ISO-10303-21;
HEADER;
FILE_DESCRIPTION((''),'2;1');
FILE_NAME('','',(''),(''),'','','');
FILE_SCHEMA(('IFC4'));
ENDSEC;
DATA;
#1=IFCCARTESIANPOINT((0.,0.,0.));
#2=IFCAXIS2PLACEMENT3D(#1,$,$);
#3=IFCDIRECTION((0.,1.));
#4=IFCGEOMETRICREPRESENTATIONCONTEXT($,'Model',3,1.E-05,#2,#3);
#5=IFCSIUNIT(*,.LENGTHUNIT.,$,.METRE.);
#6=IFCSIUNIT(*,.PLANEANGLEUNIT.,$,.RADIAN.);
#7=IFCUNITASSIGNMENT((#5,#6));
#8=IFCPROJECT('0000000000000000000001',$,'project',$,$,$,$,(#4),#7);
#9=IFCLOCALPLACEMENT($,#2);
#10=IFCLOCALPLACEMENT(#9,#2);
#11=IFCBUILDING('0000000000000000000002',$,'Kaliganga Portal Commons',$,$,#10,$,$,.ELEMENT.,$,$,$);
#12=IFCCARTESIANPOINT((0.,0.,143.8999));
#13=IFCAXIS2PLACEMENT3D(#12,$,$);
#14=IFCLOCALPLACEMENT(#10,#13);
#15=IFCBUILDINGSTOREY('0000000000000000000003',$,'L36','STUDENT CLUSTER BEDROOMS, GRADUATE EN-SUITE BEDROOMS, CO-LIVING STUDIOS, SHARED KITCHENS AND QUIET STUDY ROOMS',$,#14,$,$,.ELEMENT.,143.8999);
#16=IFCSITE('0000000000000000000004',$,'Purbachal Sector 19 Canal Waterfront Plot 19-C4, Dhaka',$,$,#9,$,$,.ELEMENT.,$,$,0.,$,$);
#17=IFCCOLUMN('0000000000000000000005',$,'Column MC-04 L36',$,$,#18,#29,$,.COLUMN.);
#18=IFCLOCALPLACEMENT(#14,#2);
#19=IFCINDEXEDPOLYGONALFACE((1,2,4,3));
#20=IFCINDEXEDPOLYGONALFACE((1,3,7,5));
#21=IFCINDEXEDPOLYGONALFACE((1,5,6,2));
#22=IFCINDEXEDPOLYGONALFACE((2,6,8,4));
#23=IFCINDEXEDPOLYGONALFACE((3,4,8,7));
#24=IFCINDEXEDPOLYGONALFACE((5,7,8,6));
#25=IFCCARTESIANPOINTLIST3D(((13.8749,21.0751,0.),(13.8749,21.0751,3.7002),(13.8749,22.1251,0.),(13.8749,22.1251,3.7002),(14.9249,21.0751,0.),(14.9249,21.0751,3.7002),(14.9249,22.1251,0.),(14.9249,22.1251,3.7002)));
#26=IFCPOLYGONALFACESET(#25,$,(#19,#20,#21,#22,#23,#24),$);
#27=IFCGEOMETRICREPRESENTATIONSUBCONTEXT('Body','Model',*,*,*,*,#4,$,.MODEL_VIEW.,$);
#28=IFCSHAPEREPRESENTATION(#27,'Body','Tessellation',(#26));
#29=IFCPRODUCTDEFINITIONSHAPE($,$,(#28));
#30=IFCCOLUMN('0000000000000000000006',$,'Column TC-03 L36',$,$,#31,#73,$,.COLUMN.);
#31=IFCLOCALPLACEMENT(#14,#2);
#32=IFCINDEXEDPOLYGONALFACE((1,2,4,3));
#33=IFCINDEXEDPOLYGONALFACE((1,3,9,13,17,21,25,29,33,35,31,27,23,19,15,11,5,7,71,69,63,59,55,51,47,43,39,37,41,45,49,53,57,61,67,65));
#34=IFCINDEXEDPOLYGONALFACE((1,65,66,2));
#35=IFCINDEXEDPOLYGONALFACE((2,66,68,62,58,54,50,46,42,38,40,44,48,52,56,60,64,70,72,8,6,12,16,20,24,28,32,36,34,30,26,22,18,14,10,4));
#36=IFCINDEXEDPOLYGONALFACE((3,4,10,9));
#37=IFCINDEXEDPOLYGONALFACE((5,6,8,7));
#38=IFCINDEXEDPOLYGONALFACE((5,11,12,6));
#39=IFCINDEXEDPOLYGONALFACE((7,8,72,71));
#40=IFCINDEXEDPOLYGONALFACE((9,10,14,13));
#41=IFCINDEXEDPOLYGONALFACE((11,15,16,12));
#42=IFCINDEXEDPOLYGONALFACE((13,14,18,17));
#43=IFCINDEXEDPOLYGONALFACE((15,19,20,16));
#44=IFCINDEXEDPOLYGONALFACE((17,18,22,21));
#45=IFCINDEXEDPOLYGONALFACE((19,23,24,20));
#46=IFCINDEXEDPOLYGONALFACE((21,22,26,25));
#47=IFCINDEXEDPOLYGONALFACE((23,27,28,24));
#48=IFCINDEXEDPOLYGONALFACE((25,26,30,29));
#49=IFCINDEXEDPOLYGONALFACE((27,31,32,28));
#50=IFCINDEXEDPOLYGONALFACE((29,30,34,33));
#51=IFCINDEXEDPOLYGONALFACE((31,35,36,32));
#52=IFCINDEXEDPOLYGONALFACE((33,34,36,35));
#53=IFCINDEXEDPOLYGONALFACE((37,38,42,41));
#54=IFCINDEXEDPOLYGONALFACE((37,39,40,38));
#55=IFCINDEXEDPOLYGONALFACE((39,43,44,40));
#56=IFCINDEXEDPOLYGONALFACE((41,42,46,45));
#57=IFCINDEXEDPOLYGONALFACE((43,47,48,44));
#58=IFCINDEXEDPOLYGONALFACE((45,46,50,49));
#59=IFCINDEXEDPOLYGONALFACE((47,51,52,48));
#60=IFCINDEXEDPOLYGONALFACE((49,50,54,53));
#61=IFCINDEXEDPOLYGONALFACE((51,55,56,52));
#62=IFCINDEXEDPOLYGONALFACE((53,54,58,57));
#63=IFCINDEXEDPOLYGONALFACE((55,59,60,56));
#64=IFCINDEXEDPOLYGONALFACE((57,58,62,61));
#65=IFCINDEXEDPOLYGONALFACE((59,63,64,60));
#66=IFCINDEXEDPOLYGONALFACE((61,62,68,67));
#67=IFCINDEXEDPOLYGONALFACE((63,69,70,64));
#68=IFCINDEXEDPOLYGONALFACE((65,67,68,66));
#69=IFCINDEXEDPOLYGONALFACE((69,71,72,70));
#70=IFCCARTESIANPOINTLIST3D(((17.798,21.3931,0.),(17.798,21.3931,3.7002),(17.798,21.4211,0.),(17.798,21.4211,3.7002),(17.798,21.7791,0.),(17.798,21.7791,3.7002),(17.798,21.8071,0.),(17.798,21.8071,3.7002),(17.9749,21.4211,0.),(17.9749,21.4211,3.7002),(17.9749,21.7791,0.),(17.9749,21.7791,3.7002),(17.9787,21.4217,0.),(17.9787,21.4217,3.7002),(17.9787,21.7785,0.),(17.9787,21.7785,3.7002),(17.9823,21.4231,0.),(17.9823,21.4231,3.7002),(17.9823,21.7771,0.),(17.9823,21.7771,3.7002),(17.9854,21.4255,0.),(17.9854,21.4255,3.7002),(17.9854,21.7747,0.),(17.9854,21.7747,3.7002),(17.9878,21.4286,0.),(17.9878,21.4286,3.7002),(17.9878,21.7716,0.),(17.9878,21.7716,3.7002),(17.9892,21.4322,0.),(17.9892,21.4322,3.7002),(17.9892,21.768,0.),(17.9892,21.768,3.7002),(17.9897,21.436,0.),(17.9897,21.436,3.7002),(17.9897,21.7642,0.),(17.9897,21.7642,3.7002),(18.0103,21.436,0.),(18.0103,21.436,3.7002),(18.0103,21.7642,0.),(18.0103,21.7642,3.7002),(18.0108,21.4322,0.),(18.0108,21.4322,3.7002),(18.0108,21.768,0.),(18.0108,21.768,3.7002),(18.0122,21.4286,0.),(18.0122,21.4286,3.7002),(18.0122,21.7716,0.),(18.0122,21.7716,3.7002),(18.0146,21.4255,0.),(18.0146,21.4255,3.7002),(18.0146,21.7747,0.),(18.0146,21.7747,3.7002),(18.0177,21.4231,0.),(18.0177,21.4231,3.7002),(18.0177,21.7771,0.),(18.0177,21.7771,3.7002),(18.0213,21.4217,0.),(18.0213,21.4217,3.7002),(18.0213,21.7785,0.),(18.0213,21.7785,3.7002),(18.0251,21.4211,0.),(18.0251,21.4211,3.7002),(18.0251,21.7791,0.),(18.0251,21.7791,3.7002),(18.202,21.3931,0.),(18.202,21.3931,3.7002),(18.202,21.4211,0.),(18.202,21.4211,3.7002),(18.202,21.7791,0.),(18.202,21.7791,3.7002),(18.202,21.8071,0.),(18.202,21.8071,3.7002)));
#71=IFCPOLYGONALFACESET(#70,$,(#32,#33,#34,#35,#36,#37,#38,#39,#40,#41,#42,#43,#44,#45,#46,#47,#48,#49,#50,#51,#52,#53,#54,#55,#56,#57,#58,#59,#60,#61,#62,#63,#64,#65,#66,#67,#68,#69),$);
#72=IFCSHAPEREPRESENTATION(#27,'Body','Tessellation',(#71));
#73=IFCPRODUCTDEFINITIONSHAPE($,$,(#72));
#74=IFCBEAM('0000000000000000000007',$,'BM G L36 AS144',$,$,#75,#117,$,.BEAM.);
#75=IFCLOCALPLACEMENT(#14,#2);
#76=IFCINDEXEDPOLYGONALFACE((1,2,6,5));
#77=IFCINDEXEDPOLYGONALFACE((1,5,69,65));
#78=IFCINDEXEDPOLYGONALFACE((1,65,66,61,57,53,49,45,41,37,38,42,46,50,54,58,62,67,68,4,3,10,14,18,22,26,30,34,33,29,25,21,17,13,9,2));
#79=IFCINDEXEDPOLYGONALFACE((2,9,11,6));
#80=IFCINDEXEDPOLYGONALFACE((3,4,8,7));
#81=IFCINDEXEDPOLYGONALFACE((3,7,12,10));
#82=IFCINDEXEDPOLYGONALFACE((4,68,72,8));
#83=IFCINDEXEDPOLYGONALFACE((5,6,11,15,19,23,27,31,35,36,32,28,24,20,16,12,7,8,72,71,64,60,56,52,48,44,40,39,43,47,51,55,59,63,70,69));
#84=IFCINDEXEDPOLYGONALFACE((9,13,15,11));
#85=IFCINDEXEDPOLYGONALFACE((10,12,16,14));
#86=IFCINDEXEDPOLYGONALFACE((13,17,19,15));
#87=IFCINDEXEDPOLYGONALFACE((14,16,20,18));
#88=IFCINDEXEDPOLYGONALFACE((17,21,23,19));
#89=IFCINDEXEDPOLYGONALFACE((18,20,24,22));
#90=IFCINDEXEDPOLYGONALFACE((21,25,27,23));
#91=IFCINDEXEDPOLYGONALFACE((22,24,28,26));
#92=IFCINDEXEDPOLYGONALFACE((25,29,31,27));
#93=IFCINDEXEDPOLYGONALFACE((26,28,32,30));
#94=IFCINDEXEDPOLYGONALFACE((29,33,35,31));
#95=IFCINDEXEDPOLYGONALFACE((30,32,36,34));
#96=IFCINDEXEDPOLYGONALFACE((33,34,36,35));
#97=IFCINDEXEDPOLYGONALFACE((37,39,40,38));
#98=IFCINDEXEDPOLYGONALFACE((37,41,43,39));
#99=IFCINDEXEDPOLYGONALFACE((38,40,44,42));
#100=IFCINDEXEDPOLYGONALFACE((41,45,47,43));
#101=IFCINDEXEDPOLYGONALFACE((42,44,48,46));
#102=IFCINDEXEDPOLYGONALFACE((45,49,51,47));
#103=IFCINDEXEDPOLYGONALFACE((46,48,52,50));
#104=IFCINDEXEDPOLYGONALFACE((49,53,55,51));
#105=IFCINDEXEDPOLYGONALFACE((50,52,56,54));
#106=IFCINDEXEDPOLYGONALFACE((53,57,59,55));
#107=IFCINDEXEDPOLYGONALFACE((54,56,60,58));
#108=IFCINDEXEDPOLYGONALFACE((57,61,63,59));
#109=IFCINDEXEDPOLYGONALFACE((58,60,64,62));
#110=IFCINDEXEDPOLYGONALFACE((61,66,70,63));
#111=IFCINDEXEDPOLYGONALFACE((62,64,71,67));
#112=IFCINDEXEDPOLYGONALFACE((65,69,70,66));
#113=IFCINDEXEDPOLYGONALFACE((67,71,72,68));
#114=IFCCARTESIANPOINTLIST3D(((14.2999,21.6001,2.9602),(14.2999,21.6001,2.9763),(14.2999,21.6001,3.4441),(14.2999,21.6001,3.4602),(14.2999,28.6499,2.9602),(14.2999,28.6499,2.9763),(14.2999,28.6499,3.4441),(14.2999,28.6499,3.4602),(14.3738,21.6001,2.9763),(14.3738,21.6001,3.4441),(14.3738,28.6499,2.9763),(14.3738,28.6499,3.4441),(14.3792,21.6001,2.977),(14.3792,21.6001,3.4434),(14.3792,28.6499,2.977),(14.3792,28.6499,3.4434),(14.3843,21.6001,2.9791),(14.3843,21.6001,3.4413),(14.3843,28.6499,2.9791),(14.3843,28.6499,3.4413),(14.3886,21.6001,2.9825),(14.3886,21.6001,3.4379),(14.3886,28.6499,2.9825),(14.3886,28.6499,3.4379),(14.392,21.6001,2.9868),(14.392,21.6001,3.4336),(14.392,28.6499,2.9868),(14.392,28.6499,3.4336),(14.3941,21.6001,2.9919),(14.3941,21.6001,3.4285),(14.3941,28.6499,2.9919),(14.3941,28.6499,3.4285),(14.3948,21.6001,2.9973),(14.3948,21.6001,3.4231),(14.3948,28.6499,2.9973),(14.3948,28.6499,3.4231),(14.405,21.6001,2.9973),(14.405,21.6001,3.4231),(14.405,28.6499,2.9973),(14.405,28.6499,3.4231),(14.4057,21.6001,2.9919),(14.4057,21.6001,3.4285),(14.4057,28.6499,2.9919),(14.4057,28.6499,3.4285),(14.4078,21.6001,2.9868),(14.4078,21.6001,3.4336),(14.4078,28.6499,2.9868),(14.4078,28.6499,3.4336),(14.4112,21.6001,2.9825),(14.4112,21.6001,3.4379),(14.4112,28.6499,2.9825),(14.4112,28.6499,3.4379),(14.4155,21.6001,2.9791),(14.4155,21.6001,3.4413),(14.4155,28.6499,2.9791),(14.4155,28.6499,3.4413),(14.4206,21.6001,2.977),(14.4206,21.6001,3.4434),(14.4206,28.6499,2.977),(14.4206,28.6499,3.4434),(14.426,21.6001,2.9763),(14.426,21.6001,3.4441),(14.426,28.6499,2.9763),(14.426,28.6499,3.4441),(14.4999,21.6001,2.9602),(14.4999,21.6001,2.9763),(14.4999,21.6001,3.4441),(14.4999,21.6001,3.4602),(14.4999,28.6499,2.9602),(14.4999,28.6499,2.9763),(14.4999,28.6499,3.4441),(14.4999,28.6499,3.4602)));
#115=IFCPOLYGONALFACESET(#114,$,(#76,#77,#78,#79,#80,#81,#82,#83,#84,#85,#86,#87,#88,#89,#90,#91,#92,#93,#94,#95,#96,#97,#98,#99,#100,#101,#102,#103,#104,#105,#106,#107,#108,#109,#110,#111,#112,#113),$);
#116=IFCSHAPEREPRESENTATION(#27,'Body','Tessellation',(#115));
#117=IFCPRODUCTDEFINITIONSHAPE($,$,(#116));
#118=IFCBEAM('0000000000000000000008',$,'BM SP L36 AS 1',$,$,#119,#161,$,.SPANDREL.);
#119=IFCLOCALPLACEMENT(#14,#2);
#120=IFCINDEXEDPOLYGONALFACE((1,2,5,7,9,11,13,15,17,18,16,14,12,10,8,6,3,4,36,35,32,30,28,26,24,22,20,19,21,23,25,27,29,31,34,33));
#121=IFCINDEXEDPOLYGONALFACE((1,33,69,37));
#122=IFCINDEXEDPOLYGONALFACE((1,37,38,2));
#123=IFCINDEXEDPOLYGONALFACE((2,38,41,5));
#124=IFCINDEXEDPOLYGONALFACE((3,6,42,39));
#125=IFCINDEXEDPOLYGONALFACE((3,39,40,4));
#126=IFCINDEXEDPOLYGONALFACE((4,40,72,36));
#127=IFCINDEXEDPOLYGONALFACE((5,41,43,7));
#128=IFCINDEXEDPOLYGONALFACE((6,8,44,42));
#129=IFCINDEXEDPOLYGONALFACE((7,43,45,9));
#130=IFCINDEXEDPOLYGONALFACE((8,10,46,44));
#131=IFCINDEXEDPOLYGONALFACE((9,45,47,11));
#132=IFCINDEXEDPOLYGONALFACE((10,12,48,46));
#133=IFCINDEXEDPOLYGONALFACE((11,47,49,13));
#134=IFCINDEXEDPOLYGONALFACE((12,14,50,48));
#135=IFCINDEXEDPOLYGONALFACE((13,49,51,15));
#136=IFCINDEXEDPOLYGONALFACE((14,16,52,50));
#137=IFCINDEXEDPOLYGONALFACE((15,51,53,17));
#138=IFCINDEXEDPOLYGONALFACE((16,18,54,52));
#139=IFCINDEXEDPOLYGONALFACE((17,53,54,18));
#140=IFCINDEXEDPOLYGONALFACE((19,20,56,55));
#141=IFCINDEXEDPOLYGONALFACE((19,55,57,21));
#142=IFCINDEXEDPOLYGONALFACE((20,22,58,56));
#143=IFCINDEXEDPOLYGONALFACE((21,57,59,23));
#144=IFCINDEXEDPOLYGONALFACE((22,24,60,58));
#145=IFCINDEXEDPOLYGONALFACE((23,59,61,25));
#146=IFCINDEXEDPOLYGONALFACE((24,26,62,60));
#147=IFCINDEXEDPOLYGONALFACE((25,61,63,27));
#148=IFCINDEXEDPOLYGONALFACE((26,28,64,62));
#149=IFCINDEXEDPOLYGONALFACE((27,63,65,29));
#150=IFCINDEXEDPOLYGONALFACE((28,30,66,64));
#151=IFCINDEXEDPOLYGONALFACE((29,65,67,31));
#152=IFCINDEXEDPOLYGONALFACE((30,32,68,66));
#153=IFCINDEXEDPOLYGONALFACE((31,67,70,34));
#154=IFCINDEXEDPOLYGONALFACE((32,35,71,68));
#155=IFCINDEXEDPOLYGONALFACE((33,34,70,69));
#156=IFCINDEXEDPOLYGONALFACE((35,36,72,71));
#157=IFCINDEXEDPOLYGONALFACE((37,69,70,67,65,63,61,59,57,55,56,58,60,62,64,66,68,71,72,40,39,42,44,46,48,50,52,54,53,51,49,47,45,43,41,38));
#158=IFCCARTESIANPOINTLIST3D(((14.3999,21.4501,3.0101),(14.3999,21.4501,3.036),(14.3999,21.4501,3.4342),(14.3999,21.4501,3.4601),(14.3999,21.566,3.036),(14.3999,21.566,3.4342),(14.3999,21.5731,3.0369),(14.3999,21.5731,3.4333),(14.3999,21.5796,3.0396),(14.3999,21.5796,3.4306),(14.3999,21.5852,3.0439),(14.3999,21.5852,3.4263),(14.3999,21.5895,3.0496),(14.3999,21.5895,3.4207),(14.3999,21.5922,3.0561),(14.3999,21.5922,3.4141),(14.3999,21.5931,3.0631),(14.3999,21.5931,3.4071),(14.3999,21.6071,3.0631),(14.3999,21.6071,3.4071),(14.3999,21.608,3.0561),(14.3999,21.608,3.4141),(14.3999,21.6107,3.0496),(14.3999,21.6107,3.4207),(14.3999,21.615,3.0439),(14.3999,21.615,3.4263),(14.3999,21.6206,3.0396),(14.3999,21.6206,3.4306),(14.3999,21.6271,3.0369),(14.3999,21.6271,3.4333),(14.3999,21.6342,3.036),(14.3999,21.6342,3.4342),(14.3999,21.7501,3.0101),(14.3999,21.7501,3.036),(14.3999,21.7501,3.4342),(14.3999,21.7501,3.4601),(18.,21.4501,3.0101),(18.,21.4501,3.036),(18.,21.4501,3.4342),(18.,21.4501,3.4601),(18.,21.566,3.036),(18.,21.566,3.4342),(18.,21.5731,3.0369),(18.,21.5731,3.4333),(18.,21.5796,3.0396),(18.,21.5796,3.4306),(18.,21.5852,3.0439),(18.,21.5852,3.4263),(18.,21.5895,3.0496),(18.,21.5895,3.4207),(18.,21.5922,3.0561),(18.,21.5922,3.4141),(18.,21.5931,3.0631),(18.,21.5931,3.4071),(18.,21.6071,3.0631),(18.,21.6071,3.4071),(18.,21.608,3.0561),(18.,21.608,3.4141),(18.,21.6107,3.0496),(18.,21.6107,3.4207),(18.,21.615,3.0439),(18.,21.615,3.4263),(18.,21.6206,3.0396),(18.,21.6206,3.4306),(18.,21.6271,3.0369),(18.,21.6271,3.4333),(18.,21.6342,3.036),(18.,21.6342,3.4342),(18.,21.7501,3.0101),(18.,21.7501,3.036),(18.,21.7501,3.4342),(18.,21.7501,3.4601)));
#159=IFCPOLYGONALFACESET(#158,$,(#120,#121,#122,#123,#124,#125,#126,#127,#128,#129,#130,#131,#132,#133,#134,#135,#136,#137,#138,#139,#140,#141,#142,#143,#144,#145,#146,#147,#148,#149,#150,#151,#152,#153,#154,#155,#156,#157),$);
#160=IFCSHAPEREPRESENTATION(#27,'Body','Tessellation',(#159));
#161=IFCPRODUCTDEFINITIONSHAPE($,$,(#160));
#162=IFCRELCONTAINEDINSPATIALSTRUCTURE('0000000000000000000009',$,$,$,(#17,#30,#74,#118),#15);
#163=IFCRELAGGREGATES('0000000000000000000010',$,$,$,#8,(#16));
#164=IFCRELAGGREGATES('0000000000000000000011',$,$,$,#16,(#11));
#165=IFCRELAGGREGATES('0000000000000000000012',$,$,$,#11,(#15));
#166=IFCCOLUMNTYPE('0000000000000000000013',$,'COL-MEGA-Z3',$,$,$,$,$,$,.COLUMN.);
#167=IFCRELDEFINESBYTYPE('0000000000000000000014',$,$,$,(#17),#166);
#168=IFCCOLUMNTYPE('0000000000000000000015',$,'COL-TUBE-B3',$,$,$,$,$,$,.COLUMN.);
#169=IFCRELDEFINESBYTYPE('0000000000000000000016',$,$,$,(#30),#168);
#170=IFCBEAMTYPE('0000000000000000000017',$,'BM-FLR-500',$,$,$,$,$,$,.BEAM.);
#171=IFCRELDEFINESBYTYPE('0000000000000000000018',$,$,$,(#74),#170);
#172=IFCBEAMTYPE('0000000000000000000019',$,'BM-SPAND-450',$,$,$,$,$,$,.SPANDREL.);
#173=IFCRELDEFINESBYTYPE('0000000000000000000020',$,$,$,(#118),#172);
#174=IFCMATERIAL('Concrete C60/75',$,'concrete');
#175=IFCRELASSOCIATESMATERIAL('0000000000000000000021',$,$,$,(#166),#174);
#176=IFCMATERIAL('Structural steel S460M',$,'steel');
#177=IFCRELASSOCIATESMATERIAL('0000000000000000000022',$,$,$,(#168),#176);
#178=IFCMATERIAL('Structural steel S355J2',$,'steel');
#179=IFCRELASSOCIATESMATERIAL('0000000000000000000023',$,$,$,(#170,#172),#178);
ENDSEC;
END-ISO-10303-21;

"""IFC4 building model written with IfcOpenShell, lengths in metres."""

from ifc_helpers import new_model, si_unit, direction, frame, origin, origin_2d, place, context, subcontext, project, spatial, rectangle, i_section, extrude, source, transform, mapped, material, material_profile, profile_set, type_object, element, save


model = new_model("IFC4")

# Units and contexts
model_context = context("Model", 3, precision=1e-05, world=origin(), true_north=direction((0.0, 1.0)))
body_context = subcontext(model_context, "Body", "Model", "MODEL_VIEW")
ifc_project = project(units=[si_unit("LENGTHUNIT", "METRE"), si_unit("PLANEANGLEUNIT", "RADIAN")], contexts=[model_context])

# Site, building, storey
site_placement = place(None, origin())
site = spatial("IfcSite", under=ifc_project, at=site_placement, Name="Purbachal Sector 19 Canal Waterfront Plot 19-C4, Dhaka", CompositionType="ELEMENT", RefElevation=0.0)
building_placement = place(site_placement, origin())
building = spatial("IfcBuilding", under=site, at=building_placement, Name="Kaliganga Portal Commons", CompositionType="ELEMENT")
storey_placement = place(building_placement, frame((0.0, 0.0, 143.8999)))
storey = spatial("IfcBuildingStorey", under=building, at=storey_placement, Name="L36", Description="STUDENT CLUSTER BEDROOMS, GRADUATE EN-SUITE BEDROOMS, CO-LIVING STUDIOS, SHARED KITCHENS AND QUIET STUDY ROOMS", CompositionType="ELEMENT", Elevation=143.8999)

# Columns
ifc_material_1 = material(Name="Concrete C60/75", Category="concrete")
ifc_material_profile_1 = material_profile(ifc_material_1, rectangle(XDim=1.05, YDim=1.05, at=origin_2d()), Name="RC 1050x1050")
ifc_profile_set_1 = profile_set([ifc_material_profile_1], Name="Concrete C60/75")
column_type_1 = type_object("IfcColumnType", Name="COL-MEGA-Z3", PredefinedType="COLUMN", material=ifc_profile_set_1)
shared_shape_1 = source(origin(), body_context, "Body", "SweptSolid", [
    extrude(rectangle(XDim=1.05, YDim=1.05, at=origin_2d()), origin(), (0.0, 0.0, 1.0), 3.7002),
])
column_1_placement = place(storey_placement, frame((14.3999, 21.6001, 0.0), z_axis=(0.0, 0.0, 1.0), x_axis=(1.0, 0.0, 0.0)))
element("IfcColumn", 1, at=column_1_placement, inside=storey, type_object=column_type_1, Name="Column MC-04 L36", PredefinedType="COLUMN", context=body_context, shape_type="MappedRepresentation", body=[
    mapped(shared_shape_1, transform((0.0, 0.0, 0.0), x_axis=(1.0, 0.0, 0.0), y_axis=(0.0, 1.0, 0.0), z_axis=(0.0, 0.0, 1.0), scale=1.0)),
])
ifc_material_2 = material(Name="Structural steel S460M", Category="steel")
ifc_material_profile_2 = material_profile(ifc_material_2, i_section(OverallWidth=0.4041, OverallDepth=0.4141, WebThickness=0.0205, FlangeThickness=0.0281, FilletRadius=0.0149, at=origin_2d()), Name="HD 400x347")
ifc_profile_set_2 = profile_set([ifc_material_profile_2], Name="Structural steel S460M wide-flange")
column_type_2 = type_object("IfcColumnType", Name="COL-TUBE-B3", PredefinedType="COLUMN", material=ifc_profile_set_2)
shared_shape_2 = source(origin(), body_context, "Body", "SweptSolid", [
    extrude(i_section(OverallWidth=0.4041, OverallDepth=0.4141, WebThickness=0.0205, FlangeThickness=0.0281, FilletRadius=0.0149, at=origin_2d()), origin(), (0.0, 0.0, 1.0), 3.7002),
])
column_2_placement = place(storey_placement, frame((18.0, 21.6001, 0.0), z_axis=(0.0, 0.0, 1.0), x_axis=(1.0, 0.0, 0.0)))
element("IfcColumn", 2, at=column_2_placement, inside=storey, type_object=column_type_2, Name="Column TC-03 L36", PredefinedType="COLUMN", context=body_context, shape_type="MappedRepresentation", body=[
    mapped(shared_shape_2, transform((0.0, 0.0, 0.0), x_axis=(1.0, 0.0, 0.0), y_axis=(0.0, 1.0, 0.0), z_axis=(0.0, 0.0, 1.0), scale=1.0)),
])

# Beams
ifc_material_3 = material(Name="Structural steel S355J2", Category="steel")
ifc_material_profile_3 = material_profile(ifc_material_3, i_section(OverallWidth=0.2, OverallDepth=0.5, WebThickness=0.0103, FlangeThickness=0.0161, FilletRadius=0.021, at=origin_2d()), Name="IPE 500")
ifc_profile_set_3 = profile_set([ifc_material_profile_3], Name="Structural steel S355J2 wide-flange")
beam_type_1 = type_object("IfcBeamType", Name="BM-FLR-500", PredefinedType="BEAM", material=ifc_profile_set_3)
shared_shape_3 = source(origin(), body_context, "Body", "SweptSolid", [
    extrude(i_section(OverallWidth=0.2, OverallDepth=0.5, WebThickness=0.0103, FlangeThickness=0.0161, FilletRadius=0.021, at=origin_2d()), origin(), (0.0, 0.0, 1.0), 7.0498),
])
beam_1_placement = place(storey_placement, frame((14.3999, 21.6001, 3.2102), z_axis=(0.0, 1.0, 0.0), x_axis=(-1.0, 0.0, 0.0)))
element("IfcBeam", 3, at=beam_1_placement, inside=storey, type_object=beam_type_1, Name="BM G L36 AS144", PredefinedType="BEAM", context=body_context, shape_type="MappedRepresentation", body=[
    mapped(shared_shape_3, transform((0.0, 0.0, 0.0), x_axis=(1.0, 0.0, 0.0), y_axis=(0.0, 1.0, 0.0), z_axis=(0.0, 0.0, 1.0), scale=1.0)),
])
ifc_material_profile_4 = material_profile(ifc_material_3, i_section(OverallWidth=0.3, OverallDepth=0.45, WebThickness=0.0139, FlangeThickness=0.0259, FilletRadius=0.0271, at=origin_2d()), Name="HE 450 B")
ifc_profile_set_4 = profile_set([ifc_material_profile_4], Name="Structural steel S355J2 wide-flange")
beam_type_2 = type_object("IfcBeamType", Name="BM-SPAND-450", PredefinedType="SPANDREL", material=ifc_profile_set_4)
shared_shape_4 = source(origin(), body_context, "Body", "SweptSolid", [
    extrude(i_section(OverallWidth=0.3, OverallDepth=0.45, WebThickness=0.0139, FlangeThickness=0.0259, FilletRadius=0.0271, at=origin_2d()), origin(), (0.0, 0.0, 1.0), 3.6001),
])
for number, where, z_axis, x_axis, name in (
    (4, (14.3999, 21.6001, 3.2351), (1.0, 0.0, 0.0), (0.0, 1.0, 0.0), "BM SP L36 AS 1"),
):
    element("IfcBeam", number, at=place(storey_placement, frame(where, z_axis=z_axis, x_axis=x_axis)), inside=storey, type_object=beam_type_2, Name=name, PredefinedType="SPANDREL", context=body_context, shape_type="MappedRepresentation", body=[
        mapped(shared_shape_4, transform((0.0, 0.0, 0.0), x_axis=(1.0, 0.0, 0.0), y_axis=(0.0, 1.0, 0.0), z_axis=(0.0, 0.0, 1.0), scale=1.0)),
    ])

save(model, "model.ifc")
